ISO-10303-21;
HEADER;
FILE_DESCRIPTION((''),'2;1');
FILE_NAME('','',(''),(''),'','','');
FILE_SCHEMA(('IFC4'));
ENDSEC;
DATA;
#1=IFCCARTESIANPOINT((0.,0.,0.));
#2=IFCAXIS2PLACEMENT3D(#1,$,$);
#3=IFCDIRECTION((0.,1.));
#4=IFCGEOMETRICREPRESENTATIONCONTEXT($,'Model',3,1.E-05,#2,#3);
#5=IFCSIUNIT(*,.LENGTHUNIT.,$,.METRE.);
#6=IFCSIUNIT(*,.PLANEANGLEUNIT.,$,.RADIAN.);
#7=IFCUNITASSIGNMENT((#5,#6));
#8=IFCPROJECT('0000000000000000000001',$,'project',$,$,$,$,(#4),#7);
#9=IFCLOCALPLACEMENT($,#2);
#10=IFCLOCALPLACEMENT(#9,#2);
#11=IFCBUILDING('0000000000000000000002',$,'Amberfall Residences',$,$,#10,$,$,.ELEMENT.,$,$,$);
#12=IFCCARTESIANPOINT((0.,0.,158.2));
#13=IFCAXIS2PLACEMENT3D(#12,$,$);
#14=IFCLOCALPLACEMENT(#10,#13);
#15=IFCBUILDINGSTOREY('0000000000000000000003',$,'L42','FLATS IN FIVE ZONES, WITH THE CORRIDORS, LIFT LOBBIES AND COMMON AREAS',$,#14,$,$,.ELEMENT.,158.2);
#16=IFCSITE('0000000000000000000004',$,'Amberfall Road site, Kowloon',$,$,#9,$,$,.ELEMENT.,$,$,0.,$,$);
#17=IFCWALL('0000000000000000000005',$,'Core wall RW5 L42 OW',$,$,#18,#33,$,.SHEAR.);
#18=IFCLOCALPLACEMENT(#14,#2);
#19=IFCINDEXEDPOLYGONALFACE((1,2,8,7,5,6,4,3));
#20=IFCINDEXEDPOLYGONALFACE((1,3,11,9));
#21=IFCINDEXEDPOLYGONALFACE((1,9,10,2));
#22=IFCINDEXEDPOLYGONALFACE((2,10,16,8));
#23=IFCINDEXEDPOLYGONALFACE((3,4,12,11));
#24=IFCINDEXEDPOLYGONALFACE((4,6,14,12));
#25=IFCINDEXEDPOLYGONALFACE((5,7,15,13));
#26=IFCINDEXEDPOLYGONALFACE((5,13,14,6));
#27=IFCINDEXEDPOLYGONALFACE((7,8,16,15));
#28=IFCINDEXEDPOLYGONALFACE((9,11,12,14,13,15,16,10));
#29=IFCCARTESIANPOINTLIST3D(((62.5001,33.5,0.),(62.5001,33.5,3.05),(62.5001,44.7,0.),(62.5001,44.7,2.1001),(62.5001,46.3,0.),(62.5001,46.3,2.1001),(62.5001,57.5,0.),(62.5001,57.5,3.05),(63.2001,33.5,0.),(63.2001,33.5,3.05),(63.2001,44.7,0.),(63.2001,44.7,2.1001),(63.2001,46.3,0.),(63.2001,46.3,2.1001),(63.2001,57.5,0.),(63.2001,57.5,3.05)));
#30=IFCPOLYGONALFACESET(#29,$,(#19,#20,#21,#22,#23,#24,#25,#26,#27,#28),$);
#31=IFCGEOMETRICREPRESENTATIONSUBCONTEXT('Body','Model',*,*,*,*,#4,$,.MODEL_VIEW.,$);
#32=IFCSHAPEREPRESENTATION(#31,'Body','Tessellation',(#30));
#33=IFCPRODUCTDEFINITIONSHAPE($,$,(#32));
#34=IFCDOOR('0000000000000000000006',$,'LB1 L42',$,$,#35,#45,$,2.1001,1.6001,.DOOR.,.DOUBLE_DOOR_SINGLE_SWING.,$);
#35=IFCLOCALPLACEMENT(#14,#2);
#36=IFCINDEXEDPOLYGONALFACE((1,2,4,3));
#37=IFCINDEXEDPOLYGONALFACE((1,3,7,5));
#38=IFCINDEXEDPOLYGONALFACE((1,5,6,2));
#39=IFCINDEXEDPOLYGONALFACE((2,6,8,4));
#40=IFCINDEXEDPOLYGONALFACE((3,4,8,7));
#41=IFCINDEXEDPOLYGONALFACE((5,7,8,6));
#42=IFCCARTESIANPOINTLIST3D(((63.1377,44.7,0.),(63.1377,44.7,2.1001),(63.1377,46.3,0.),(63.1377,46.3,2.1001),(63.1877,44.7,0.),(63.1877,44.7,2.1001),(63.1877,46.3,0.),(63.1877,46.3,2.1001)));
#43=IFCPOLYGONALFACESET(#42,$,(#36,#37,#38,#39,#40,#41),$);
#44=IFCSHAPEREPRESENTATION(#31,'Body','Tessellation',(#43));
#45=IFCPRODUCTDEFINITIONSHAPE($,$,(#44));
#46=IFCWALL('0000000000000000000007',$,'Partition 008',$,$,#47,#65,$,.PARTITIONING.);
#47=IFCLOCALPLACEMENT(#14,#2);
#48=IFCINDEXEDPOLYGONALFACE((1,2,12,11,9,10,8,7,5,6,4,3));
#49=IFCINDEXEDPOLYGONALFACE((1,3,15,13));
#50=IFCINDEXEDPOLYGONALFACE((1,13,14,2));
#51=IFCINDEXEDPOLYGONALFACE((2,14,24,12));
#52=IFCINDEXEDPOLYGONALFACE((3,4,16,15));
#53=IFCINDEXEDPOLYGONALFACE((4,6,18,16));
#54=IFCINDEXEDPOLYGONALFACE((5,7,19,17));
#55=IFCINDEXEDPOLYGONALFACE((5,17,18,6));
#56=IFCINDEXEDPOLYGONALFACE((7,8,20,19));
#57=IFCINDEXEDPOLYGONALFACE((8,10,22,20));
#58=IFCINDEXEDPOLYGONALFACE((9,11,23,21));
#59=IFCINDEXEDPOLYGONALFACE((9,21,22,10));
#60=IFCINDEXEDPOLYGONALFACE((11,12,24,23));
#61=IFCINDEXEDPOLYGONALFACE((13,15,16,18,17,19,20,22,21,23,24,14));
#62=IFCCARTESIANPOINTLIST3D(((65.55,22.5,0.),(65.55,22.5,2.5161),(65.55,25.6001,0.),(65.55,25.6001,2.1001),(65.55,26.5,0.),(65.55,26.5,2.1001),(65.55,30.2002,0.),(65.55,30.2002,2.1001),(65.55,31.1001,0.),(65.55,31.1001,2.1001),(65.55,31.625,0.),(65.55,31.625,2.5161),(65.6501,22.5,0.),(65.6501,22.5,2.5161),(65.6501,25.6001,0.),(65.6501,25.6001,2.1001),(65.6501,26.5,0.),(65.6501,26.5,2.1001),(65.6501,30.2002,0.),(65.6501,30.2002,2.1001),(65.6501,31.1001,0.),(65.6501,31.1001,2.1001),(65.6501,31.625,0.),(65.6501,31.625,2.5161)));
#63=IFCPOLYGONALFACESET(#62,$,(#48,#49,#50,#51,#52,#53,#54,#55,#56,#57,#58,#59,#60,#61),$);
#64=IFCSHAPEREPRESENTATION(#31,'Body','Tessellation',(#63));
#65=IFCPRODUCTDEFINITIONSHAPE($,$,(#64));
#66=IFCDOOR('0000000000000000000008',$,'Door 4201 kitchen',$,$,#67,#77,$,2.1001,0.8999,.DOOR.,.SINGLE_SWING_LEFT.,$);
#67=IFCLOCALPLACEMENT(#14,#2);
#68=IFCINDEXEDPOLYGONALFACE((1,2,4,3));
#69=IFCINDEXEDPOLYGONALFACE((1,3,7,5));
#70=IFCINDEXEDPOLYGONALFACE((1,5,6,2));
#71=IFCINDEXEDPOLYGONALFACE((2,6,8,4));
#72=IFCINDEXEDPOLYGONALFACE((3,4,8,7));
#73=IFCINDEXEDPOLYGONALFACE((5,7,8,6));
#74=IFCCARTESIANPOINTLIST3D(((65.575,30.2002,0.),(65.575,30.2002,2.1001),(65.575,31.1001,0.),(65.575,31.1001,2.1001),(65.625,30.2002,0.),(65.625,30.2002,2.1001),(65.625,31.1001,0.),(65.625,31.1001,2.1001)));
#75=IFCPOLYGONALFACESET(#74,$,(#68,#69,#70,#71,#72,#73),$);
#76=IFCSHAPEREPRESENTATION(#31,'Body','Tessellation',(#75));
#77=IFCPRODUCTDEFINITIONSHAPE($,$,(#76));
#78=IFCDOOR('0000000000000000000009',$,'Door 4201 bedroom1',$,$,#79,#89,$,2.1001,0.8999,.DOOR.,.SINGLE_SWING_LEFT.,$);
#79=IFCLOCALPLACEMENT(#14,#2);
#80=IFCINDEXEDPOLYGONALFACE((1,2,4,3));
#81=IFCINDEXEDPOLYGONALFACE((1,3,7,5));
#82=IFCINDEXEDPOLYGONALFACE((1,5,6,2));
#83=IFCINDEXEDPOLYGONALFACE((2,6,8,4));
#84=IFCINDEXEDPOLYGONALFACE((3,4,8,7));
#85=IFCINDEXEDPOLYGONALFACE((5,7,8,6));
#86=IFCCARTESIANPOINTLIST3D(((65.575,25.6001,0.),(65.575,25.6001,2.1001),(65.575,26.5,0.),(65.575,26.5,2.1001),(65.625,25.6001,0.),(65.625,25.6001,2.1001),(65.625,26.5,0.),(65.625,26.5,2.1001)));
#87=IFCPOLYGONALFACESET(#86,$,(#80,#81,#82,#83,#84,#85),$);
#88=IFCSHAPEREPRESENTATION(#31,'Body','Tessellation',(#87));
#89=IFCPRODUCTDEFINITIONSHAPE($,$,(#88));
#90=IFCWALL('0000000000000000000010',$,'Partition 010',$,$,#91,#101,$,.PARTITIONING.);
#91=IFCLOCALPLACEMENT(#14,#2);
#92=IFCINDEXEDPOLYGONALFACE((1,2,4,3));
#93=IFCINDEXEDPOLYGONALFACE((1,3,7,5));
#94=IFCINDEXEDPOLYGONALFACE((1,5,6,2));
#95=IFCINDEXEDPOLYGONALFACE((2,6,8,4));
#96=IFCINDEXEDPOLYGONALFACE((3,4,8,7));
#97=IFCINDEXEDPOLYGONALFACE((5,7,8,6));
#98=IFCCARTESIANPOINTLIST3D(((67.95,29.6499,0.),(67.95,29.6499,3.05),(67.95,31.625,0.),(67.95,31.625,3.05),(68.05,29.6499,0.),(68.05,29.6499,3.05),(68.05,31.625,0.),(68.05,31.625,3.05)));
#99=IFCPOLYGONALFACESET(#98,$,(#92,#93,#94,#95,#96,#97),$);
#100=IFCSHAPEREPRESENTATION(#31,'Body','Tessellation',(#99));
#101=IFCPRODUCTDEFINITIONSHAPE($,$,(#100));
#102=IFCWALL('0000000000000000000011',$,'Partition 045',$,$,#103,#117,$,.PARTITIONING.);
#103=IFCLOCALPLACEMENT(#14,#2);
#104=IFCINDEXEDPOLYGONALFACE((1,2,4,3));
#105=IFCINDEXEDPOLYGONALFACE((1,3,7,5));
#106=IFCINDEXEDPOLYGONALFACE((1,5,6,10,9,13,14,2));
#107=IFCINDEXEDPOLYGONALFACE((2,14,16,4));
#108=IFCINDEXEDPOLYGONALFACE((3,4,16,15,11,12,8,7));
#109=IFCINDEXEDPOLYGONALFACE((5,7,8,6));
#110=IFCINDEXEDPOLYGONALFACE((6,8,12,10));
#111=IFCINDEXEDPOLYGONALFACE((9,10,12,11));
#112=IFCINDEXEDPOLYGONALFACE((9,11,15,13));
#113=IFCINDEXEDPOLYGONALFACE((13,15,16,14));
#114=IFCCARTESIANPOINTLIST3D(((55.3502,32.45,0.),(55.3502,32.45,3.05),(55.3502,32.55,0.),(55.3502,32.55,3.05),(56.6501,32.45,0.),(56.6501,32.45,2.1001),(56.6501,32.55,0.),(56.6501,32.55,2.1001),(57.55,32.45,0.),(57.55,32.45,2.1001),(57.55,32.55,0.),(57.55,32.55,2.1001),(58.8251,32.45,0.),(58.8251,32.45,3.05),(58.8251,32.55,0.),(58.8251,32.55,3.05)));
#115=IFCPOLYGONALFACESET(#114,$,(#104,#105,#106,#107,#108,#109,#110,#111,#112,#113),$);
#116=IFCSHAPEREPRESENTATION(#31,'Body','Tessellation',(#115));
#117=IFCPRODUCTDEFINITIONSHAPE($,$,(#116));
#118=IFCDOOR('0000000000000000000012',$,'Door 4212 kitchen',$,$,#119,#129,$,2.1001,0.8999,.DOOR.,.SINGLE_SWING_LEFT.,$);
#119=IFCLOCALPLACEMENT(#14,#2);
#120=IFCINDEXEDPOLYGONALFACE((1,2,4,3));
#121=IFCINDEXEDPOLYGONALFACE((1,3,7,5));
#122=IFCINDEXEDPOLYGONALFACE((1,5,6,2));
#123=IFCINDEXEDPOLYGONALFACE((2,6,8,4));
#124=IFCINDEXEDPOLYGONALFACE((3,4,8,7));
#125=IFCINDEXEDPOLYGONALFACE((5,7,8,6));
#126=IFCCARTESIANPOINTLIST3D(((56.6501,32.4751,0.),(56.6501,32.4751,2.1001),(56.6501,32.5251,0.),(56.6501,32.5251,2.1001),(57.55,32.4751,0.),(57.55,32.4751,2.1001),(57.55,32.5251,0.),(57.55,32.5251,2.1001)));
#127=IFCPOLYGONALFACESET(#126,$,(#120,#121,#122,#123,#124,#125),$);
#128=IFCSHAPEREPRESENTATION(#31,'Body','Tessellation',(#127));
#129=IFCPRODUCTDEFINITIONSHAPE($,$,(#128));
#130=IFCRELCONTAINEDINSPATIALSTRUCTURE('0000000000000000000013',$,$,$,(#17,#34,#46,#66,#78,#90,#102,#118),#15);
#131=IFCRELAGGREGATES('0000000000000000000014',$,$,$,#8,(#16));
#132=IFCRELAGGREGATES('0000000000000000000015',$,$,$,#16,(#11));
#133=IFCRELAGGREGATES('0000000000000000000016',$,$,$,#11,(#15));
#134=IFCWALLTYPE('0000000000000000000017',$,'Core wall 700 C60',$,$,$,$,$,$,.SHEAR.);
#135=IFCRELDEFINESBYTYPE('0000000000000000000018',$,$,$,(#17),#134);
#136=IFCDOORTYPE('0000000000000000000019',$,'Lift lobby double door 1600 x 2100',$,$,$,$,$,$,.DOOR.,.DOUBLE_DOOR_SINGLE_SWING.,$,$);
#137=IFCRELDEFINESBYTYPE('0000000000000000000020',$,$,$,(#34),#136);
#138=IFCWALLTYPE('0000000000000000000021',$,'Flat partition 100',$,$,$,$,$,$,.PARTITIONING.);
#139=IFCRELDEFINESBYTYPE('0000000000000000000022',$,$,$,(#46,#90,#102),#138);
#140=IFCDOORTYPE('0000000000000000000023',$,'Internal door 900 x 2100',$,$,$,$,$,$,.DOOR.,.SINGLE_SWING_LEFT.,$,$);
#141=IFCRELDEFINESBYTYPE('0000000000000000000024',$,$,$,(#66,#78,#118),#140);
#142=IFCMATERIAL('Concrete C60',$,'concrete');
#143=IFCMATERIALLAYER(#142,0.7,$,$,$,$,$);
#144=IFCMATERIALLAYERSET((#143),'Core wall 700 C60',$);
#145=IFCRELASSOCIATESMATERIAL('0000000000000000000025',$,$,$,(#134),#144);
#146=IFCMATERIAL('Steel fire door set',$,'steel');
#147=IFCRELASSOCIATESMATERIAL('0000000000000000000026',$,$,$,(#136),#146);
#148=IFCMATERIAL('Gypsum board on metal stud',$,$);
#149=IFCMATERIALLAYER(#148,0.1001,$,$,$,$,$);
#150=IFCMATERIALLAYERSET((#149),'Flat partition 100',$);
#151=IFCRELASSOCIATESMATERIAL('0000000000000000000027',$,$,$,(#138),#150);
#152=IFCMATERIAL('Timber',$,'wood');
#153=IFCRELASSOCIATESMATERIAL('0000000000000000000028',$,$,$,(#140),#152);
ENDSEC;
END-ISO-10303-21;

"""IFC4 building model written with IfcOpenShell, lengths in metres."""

from ifc_helpers import new_model, si_unit, direction, frame, frame_2d, origin, place, context, subcontext, project, spatial, rectangle, extrude, material, layer, layer_set, type_object, element, fill, save


model = new_model("IFC4")

# Units and contexts
model_context = context("Model", 3, precision=1e-05, world=origin(), true_north=direction((0.0, 1.0)))
body_context = subcontext(model_context, "Body", "Model", "MODEL_VIEW")
ifc_project = project(units=[si_unit("LENGTHUNIT", "METRE"), si_unit("PLANEANGLEUNIT", "RADIAN")], contexts=[model_context])

# Site, building, storey
site_placement = place(None, origin())
site = spatial("IfcSite", under=ifc_project, at=site_placement, Name="Amberfall Road site, Kowloon", CompositionType="ELEMENT", RefElevation=0.0)
building_placement = place(site_placement, origin())
building = spatial("IfcBuilding", under=site, at=building_placement, Name="Amberfall Residences", CompositionType="ELEMENT")
storey_placement = place(building_placement, frame((0.0, 0.0, 158.2)))
storey = spatial("IfcBuildingStorey", under=building, at=storey_placement, Name="L42", Description="FLATS IN FIVE ZONES, WITH THE CORRIDORS, LIFT LOBBIES AND COMMON AREAS", CompositionType="ELEMENT", Elevation=158.2)

# Shared definitions
ifc_material_1 = material(Name="Concrete C60", Category="concrete")
ifc_material_2 = material(Name="Steel fire door set", Category="steel")

# Shared definitions
ifc_layer_1 = layer(ifc_material_1, 0.7)
ifc_layer_set_1 = layer_set([ifc_layer_1], Name="Core wall 700 C60")
wall_type_1 = type_object("IfcWallType", Name="Core wall 700 C60", PredefinedType="SHEAR", material=ifc_layer_set_1)

# Wall, opening, door
wall_1_placement = place(storey_placement, frame((62.8501, 33.5, 0.0), z_axis=(0.0, 0.0, 1.0), x_axis=(0.0, 1.0, 0.0)))
wall_1 = element("IfcWall", 1, at=wall_1_placement, inside=storey, type_object=wall_type_1, Name="Core wall RW5 L42 OW", PredefinedType="SHEAR", context=body_context, shape_type="SweptSolid", body=[
    extrude(rectangle(XDim=24.0, YDim=0.7, at=frame_2d((12.0, 0.0))), origin(), (0.0, 0.0, 1.0), 3.05),
])
opening_1_placement = place(wall_1_placement, frame((11.2, 0.0, 0.0)))
opening_1 = element("IfcOpeningElement", 2, at=opening_1_placement, cuts=wall_1, PredefinedType="OPENING", context=body_context, shape_type="SweptSolid", body=[
    extrude(rectangle(XDim=1.6001, YDim=2.1001, at=frame_2d((0.8, 1.05))), frame((0.0, 0.3599, 0.0), z_axis=(0.0, -1.0, 0.0), x_axis=(1.0, 0.0, 0.0)), (0.0, 0.0, 1.0), 0.72),
])
door_type_1 = type_object("IfcDoorType", Name="Lift lobby double door 1600 x 2100", OperationType="DOUBLE_DOOR_SINGLE_SWING", PredefinedType="DOOR", material=ifc_material_2)
door_1_placement = place(opening_1_placement, origin())
door_1 = element("IfcDoor", 3, at=door_1_placement, inside=storey, type_object=door_type_1, Name="LB1 L42", OperationType="DOUBLE_DOOR_SINGLE_SWING", OverallHeight=2.1001, OverallWidth=1.6001, PredefinedType="DOOR", context=body_context, shape_type="SweptSolid", body=[
    extrude(rectangle(XDim=1.6001, YDim=2.1001, at=frame_2d((0.8, 1.05))), frame((0.0, -0.2876, 0.0), z_axis=(0.0, -1.0, 0.0), x_axis=(1.0, 0.0, 0.0)), (0.0, 0.0, 1.0), 0.05),
])
fill(opening_1, door_1)

# Wall, openings, doors
ifc_material_3 = material(Name="Gypsum board on metal stud")
ifc_layer_2 = layer(ifc_material_3, 0.1001)
ifc_layer_set_2 = layer_set([ifc_layer_2], Name="Flat partition 100")
wall_type_2 = type_object("IfcWallType", Name="Flat partition 100", PredefinedType="PARTITIONING", material=ifc_layer_set_2)
wall_2_placement = place(storey_placement, frame((65.6001, 31.625, 0.0), z_axis=(0.0, 0.0, 1.0), x_axis=(0.0, -1.0, 0.0)))
wall_2 = element("IfcWall", 4, at=wall_2_placement, inside=storey, type_object=wall_type_2, Name="Partition 008", PredefinedType="PARTITIONING", context=body_context, shape_type="SweptSolid", body=[
    extrude(rectangle(XDim=9.125, YDim=0.1001, at=frame_2d((4.5625, 0.0))), origin(), (0.0, 0.0, 1.0), 2.5161),
])
opening_2_placement = place(wall_2_placement, frame((0.5249, 0.0, 0.0)))
opening_2 = element("IfcOpeningElement", 5, at=opening_2_placement, cuts=wall_2, PredefinedType="OPENING", context=body_context, shape_type="SweptSolid", body=[
    extrude(rectangle(XDim=0.8999, YDim=2.1001, at=frame_2d((0.45, 1.05))), frame((0.0, 0.0601, 0.0), z_axis=(0.0, -1.0, 0.0), x_axis=(1.0, 0.0, 0.0)), (0.0, 0.0, 1.0), 0.1201),
])
opening_3_placement = place(wall_2_placement, frame((5.125, 0.0, 0.0)))
opening_3 = element("IfcOpeningElement", 6, at=opening_3_placement, cuts=wall_2, PredefinedType="OPENING", context=body_context, shape_type="SweptSolid", body=[
    extrude(rectangle(XDim=0.8999, YDim=2.1001, at=frame_2d((0.45, 1.05))), frame((0.0, 0.0601, 0.0), z_axis=(0.0, -1.0, 0.0), x_axis=(1.0, 0.0, 0.0)), (0.0, 0.0, 1.0), 0.1201),
])
ifc_material_4 = material(Name="Timber", Category="wood")
door_type_2 = type_object("IfcDoorType", Name="Internal door 900 x 2100", OperationType="SINGLE_SWING_LEFT", PredefinedType="DOOR", material=ifc_material_4)
door_2_placement = place(opening_2_placement, origin())
door_2 = element("IfcDoor", 7, at=door_2_placement, inside=storey, type_object=door_type_2, Name="Door 4201 kitchen", OperationType="SINGLE_SWING_LEFT", OverallHeight=2.1001, OverallWidth=0.8999, PredefinedType="DOOR", context=body_context, shape_type="SweptSolid", body=[
    extrude(rectangle(XDim=0.8999, YDim=2.1001, at=frame_2d((0.45, 1.05))), frame((0.0, 0.0249, 0.0), z_axis=(0.0, -1.0, 0.0), x_axis=(1.0, 0.0, 0.0)), (0.0, 0.0, 1.0), 0.05),
])
fill(opening_2, door_2)
door_3_placement = place(opening_3_placement, origin())
door_3 = element("IfcDoor", 8, at=door_3_placement, inside=storey, type_object=door_type_2, Name="Door 4201 bedroom1", OperationType="SINGLE_SWING_LEFT", OverallHeight=2.1001, OverallWidth=0.8999, PredefinedType="DOOR", context=body_context, shape_type="SweptSolid", body=[
    extrude(rectangle(XDim=0.8999, YDim=2.1001, at=frame_2d((0.45, 1.05))), frame((0.0, 0.0249, 0.0), z_axis=(0.0, -1.0, 0.0), x_axis=(1.0, 0.0, 0.0)), (0.0, 0.0, 1.0), 0.05),
])
fill(opening_3, door_3)

# Wall
wall_3_placement = place(storey_placement, frame((68.0, 29.6499, 0.0), z_axis=(0.0, 0.0, 1.0), x_axis=(0.0, 1.0, 0.0)))
element("IfcWall", 9, at=wall_3_placement, inside=storey, type_object=wall_type_2, Name="Partition 010", PredefinedType="PARTITIONING", context=body_context, shape_type="SweptSolid", body=[
    extrude(rectangle(XDim=1.9751, YDim=0.1001, at=frame_2d((0.9875, 0.0))), origin(), (0.0, 0.0, 1.0), 3.05),
])

# Wall, opening, door
wall_4_placement = place(storey_placement, frame((58.825, 32.5, 0.0), z_axis=(0.0, 0.0, 1.0), x_axis=(-1.0, 0.0, 0.0)))
wall_4 = element("IfcWall", 10, at=wall_4_placement, inside=storey, type_object=wall_type_2, Name="Partition 045", PredefinedType="PARTITIONING", context=body_context, shape_type="SweptSolid", body=[
    extrude(rectangle(XDim=3.4749, YDim=0.1001, at=frame_2d((1.7373, 0.0))), origin(), (0.0, 0.0, 1.0), 3.05),
])
opening_4_placement = place(wall_4_placement, frame((1.2749, 0.0, 0.0)))
opening_4 = element("IfcOpeningElement", 11, at=opening_4_placement, cuts=wall_4, PredefinedType="OPENING", context=body_context, shape_type="SweptSolid", body=[
    extrude(rectangle(XDim=0.8999, YDim=2.1001, at=frame_2d((0.45, 1.05))), frame((0.0, 0.0601, 0.0), z_axis=(0.0, -1.0, 0.0), x_axis=(1.0, 0.0, 0.0)), (0.0, 0.0, 1.0), 0.1201),
])
door_4_placement = place(opening_4_placement, origin())
door_4 = element("IfcDoor", 12, at=door_4_placement, inside=storey, type_object=door_type_2, Name="Door 4212 kitchen", OperationType="SINGLE_SWING_LEFT", OverallHeight=2.1001, OverallWidth=0.8999, PredefinedType="DOOR", context=body_context, shape_type="SweptSolid", body=[
    extrude(rectangle(XDim=0.8999, YDim=2.1001, at=frame_2d((0.45, 1.05))), frame((0.0, 0.0249, 0.0), z_axis=(0.0, -1.0, 0.0), x_axis=(1.0, 0.0, 0.0)), (0.0, 0.0, 1.0), 0.05),
])
fill(opening_4, door_4)

save(model, "model.ifc")
